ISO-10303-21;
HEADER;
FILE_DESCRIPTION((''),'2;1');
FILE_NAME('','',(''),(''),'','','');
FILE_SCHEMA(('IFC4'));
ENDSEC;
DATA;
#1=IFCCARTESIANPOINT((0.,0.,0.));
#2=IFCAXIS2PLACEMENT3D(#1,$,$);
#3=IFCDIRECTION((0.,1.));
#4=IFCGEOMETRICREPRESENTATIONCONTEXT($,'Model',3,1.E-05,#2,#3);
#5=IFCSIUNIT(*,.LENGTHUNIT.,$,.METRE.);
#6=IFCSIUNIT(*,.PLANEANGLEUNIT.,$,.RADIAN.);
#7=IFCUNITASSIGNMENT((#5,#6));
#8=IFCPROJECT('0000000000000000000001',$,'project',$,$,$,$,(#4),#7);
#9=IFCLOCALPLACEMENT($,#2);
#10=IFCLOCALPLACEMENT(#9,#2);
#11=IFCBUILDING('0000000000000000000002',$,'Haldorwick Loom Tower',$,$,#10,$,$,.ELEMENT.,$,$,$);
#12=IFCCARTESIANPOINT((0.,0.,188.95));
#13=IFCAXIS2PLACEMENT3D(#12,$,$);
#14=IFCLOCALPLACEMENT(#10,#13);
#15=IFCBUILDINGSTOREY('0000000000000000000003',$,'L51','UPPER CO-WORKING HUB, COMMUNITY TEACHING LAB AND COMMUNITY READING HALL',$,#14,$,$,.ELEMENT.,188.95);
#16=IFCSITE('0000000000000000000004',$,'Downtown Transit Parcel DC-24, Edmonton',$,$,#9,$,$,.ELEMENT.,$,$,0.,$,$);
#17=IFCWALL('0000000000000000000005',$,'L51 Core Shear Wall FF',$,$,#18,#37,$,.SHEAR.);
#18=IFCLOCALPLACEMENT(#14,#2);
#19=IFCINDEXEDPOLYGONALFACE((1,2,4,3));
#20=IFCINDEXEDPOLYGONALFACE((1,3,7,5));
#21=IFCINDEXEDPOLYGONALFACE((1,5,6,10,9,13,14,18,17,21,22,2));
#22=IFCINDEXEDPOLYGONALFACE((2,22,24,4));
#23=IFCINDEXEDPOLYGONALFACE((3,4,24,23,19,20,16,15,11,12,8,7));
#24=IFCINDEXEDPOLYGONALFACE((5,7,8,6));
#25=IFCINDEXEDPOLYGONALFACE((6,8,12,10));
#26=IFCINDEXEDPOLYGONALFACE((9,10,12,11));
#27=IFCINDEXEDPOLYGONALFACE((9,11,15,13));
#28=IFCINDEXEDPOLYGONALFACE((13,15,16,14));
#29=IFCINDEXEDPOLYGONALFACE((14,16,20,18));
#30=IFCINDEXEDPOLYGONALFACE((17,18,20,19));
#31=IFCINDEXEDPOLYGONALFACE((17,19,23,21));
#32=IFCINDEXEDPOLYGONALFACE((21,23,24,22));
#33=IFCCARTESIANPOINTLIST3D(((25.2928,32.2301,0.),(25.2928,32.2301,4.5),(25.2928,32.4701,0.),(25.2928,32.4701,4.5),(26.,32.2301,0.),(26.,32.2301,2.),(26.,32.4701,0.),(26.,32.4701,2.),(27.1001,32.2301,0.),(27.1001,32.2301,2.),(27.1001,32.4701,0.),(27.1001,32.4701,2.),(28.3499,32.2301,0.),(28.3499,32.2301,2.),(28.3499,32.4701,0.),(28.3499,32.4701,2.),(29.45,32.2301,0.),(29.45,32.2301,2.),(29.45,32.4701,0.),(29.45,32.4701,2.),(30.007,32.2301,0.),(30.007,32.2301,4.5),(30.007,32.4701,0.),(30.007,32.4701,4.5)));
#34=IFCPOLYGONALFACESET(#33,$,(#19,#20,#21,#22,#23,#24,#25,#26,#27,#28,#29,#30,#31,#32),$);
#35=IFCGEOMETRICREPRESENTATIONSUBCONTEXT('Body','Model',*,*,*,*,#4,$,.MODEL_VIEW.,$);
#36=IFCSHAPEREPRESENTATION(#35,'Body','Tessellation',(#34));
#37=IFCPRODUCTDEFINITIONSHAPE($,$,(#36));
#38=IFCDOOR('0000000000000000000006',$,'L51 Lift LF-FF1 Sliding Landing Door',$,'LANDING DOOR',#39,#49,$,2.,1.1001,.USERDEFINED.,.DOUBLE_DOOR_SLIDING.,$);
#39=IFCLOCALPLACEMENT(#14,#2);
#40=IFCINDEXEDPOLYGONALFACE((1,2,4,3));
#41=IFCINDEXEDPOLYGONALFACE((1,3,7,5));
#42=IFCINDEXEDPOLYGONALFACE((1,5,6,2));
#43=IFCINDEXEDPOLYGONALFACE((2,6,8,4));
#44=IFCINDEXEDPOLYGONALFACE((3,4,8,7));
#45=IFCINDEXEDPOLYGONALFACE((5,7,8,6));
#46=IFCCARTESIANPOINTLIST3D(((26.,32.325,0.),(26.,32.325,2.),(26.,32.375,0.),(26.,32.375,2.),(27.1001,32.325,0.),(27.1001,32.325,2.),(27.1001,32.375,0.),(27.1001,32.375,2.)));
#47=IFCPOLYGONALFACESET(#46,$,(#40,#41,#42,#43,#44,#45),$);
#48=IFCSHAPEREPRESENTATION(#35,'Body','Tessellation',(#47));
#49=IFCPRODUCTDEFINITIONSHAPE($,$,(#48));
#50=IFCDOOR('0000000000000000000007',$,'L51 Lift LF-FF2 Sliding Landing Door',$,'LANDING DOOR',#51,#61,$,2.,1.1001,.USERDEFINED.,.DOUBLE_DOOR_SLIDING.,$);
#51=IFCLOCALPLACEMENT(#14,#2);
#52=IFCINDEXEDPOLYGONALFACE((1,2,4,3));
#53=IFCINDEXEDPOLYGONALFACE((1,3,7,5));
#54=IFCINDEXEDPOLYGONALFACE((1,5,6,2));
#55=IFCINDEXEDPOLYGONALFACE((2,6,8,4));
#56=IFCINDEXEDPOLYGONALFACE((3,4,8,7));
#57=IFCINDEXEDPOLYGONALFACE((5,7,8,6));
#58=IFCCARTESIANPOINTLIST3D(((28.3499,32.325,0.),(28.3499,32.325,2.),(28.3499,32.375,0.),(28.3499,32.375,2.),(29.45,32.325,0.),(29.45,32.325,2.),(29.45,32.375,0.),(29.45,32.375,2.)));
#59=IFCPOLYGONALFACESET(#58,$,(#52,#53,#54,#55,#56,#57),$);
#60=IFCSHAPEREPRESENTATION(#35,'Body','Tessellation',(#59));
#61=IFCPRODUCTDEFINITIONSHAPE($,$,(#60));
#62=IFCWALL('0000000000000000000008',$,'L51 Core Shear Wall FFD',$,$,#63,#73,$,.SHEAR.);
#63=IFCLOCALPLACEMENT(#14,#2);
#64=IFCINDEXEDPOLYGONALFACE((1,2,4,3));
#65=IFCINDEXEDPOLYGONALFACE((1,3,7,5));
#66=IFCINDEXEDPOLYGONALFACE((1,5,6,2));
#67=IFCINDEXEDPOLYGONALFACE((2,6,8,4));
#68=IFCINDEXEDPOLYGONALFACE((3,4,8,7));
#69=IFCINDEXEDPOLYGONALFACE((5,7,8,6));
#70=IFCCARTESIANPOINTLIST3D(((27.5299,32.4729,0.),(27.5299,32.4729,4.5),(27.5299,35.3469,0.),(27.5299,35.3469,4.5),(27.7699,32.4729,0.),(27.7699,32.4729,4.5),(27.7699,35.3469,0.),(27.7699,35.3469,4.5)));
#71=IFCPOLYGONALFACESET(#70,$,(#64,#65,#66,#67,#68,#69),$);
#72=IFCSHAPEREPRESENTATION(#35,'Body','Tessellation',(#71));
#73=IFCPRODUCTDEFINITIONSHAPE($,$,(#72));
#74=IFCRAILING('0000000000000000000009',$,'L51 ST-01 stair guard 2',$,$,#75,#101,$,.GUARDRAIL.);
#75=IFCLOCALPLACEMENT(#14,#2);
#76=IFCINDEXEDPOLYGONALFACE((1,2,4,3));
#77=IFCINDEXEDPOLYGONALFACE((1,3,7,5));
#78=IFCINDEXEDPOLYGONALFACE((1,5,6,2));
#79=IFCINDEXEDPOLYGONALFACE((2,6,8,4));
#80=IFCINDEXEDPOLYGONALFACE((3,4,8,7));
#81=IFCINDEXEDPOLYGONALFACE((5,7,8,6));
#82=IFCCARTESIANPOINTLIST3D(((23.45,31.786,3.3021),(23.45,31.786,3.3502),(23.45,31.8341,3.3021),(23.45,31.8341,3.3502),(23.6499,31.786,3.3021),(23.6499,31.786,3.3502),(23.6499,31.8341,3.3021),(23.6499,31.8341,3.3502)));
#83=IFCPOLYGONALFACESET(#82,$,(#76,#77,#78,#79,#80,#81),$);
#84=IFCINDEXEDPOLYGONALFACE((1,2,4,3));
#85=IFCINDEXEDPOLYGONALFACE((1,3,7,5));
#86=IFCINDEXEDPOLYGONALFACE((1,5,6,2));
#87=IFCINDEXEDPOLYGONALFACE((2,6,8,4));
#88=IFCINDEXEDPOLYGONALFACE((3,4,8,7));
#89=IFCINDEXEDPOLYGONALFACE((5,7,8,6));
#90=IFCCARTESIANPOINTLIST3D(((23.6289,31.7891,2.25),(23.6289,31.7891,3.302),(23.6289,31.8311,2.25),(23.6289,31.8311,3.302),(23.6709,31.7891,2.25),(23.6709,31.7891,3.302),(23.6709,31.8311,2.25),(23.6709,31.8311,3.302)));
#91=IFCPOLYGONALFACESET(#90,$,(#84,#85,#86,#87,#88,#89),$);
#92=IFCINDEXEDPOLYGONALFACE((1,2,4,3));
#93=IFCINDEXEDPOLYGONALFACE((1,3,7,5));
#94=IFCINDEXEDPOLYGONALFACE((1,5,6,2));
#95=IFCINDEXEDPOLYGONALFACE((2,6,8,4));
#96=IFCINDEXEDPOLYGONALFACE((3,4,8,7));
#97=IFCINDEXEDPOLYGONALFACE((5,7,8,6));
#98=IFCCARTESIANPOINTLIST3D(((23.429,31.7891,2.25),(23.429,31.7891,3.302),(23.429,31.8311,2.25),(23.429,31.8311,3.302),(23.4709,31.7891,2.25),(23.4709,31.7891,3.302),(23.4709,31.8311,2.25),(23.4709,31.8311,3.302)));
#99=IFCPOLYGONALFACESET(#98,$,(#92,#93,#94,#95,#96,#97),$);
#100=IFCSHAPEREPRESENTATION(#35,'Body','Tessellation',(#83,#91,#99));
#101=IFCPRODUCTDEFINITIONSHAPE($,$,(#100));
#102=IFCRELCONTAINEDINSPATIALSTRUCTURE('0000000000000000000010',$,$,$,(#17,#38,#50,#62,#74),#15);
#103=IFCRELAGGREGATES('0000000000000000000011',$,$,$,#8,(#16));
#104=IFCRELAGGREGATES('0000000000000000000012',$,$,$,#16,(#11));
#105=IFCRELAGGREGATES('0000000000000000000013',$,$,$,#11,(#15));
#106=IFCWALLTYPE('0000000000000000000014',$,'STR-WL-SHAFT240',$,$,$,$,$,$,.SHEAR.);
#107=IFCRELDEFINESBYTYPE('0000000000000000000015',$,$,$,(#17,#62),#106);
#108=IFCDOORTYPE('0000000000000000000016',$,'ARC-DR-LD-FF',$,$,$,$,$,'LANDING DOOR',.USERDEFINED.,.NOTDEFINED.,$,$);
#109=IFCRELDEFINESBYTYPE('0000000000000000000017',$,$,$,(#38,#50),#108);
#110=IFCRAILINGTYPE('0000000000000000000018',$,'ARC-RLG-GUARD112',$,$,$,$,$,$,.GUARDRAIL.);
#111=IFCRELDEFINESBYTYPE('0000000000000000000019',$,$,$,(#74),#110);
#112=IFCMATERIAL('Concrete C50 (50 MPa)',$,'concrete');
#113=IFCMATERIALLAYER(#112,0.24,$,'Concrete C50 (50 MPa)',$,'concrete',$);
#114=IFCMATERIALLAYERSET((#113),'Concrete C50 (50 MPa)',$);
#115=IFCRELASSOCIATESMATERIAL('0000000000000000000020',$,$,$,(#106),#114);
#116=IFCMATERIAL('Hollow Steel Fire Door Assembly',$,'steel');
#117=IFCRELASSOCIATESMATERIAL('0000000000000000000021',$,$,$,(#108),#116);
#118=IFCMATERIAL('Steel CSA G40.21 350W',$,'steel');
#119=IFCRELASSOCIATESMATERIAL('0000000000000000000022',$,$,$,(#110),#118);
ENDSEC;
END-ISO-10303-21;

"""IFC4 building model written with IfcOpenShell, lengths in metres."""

from ifc_helpers import new_model, si_unit, direction, frame, frame_2d, origin, origin_2d, place, context, subcontext, project, spatial, rectangle, extrude, material, layer, layer_set, type_object, element, fill, save


model = new_model("IFC4")

# Units and contexts
model_context = context("Model", 3, precision=1e-05, world=origin(), true_north=direction((0.0, 1.0)))
body_context = subcontext(model_context, "Body", "Model", "MODEL_VIEW")
ifc_project = project(units=[si_unit("LENGTHUNIT", "METRE"), si_unit("PLANEANGLEUNIT", "RADIAN")], contexts=[model_context])

# Site, building, storey
site_placement = place(None, origin())
site = spatial("IfcSite", under=ifc_project, at=site_placement, Name="Downtown Transit Parcel DC-24, Edmonton", CompositionType="ELEMENT", RefElevation=0.0)
building_placement = place(site_placement, origin())
building = spatial("IfcBuilding", under=site, at=building_placement, Name="Haldorwick Loom Tower", CompositionType="ELEMENT")
storey_placement = place(building_placement, frame((0.0, 0.0, 188.95)))
storey = spatial("IfcBuildingStorey", under=building, at=storey_placement, Name="L51", Description="UPPER CO-WORKING HUB, COMMUNITY TEACHING LAB AND COMMUNITY READING HALL", CompositionType="ELEMENT", Elevation=188.95)

# Shared definitions
ifc_material_1 = material(Name="Steel CSA G40.21 350W", Category="steel")

# Shared definitions
ifc_material_2 = material(Name="Concrete C50 (50 MPa)", Category="concrete")

# Shared definitions
ifc_layer_1 = layer(ifc_material_2, 0.24, Name="Concrete C50 (50 MPa)", Category="concrete")
ifc_layer_set_1 = layer_set([ifc_layer_1], Name="Concrete C50 (50 MPa)")
wall_type_1 = type_object("IfcWallType", Name="STR-WL-SHAFT240", PredefinedType="SHEAR", material=ifc_layer_set_1)

# Wall, openings, doors
wall_1_placement = place(storey_placement, frame((25.293, 32.3501, 0.0), z_axis=(0.0, 0.0, 1.0), x_axis=(1.0, 0.0, 0.0)))
wall_1 = element("IfcWall", 1, at=wall_1_placement, inside=storey, type_object=wall_type_1, Name="L51 Core Shear Wall FF", PredefinedType="SHEAR", context=body_context, shape_type="SweptSolid", body=[
    extrude(rectangle(XDim=4.7141, YDim=0.24, at=frame_2d((2.3569, 0.0))), origin(), (0.0, 0.0, 1.0), 4.5),
])
opening_1_placement = place(wall_1_placement, frame((0.707, 0.0, 0.0)))
opening_1 = element("IfcOpeningElement", 2, at=opening_1_placement, cuts=wall_1, PredefinedType="OPENING", context=body_context, shape_type="SweptSolid", body=[
    extrude(rectangle(XDim=1.1001, YDim=2.0, at=frame_2d((0.55, 1.0))), frame((0.0, 0.1299, 0.0), z_axis=(0.0, -1.0, 0.0), x_axis=(1.0, 0.0, 0.0)), (0.0, 0.0, 1.0), 0.26),
])
opening_2_placement = place(wall_1_placement, frame((3.0569, 0.0, 0.0)))
opening_2 = element("IfcOpeningElement", 3, at=opening_2_placement, cuts=wall_1, PredefinedType="OPENING", context=body_context, shape_type="SweptSolid", body=[
    extrude(rectangle(XDim=1.1001, YDim=2.0, at=frame_2d((0.55, 1.0))), frame((0.0, 0.1299, 0.0), z_axis=(0.0, -1.0, 0.0), x_axis=(1.0, 0.0, 0.0)), (0.0, 0.0, 1.0), 0.26),
])
ifc_material_3 = material(Name="Hollow Steel Fire Door Assembly", Category="steel")
door_type = type_object("IfcDoorType", Name="ARC-DR-LD-FF", ElementType="LANDING DOOR", OperationType="NOTDEFINED", PredefinedType="USERDEFINED", material=ifc_material_3)
door_1_placement = place(opening_1_placement, origin())
door_1 = element("IfcDoor", 4, at=door_1_placement, inside=storey, type_object=door_type, Name="L51 Lift LF-FF1 Sliding Landing Door", ObjectType="LANDING DOOR", OperationType="DOUBLE_DOOR_SLIDING", OverallHeight=2.0, OverallWidth=1.1001, PredefinedType="USERDEFINED", context=body_context, shape_type="SweptSolid", body=[
    extrude(rectangle(XDim=1.1001, YDim=2.0, at=frame_2d((0.55, 1.0))), frame((0.0, 0.0249, 0.0), z_axis=(0.0, -1.0, 0.0), x_axis=(1.0, 0.0, 0.0)), (0.0, 0.0, 1.0), 0.05),
])
fill(opening_1, door_1)
door_2_placement = place(opening_2_placement, origin())
door_2 = element("IfcDoor", 5, at=door_2_placement, inside=storey, type_object=door_type, Name="L51 Lift LF-FF2 Sliding Landing Door", ObjectType="LANDING DOOR", OperationType="DOUBLE_DOOR_SLIDING", OverallHeight=2.0, OverallWidth=1.1001, PredefinedType="USERDEFINED", context=body_context, shape_type="SweptSolid", body=[
    extrude(rectangle(XDim=1.1001, YDim=2.0, at=frame_2d((0.55, 1.0))), frame((0.0, 0.0249, 0.0), z_axis=(0.0, -1.0, 0.0), x_axis=(1.0, 0.0, 0.0)), (0.0, 0.0, 1.0), 0.05),
])
fill(opening_2, door_2)

# Wall
wall_2_placement = place(storey_placement, frame((27.6499, 32.4729, 0.0), z_axis=(0.0, 0.0, 1.0), x_axis=(0.0, 1.0, 0.0)))
element("IfcWall", 6, at=wall_2_placement, inside=storey, type_object=wall_type_1, Name="L51 Core Shear Wall FFD", PredefinedType="SHEAR", context=body_context, shape_type="SweptSolid", body=[
    extrude(rectangle(XDim=2.874, YDim=0.24, at=frame_2d((1.437, 0.0))), origin(), (0.0, 0.0, 1.0), 4.5),
])

# Railing
railing_type = type_object("IfcRailingType", Name="ARC-RLG-GUARD112", PredefinedType="GUARDRAIL", material=ifc_material_1)
railing_placement = place(storey_placement, frame((23.6499, 31.8101, 2.25)))
element("IfcRailing", 7, at=railing_placement, inside=storey, type_object=railing_type, Name="L51 ST-01 stair guard 2", PredefinedType="GUARDRAIL", context=body_context, shape_type="SweptSolid", body=[
    extrude(rectangle(XDim=0.0481, YDim=0.0481, at=origin_2d()), frame((0.0, 0.0, 1.0762), z_axis=(-1.0, 0.0, 0.0), x_axis=(0.0, -1.0, 0.0)), (0.0, 0.0, 1.0), 0.2),
    extrude(rectangle(XDim=0.042, YDim=0.042, at=origin_2d()), origin(), (0.0, 0.0, 1.0), 1.052),
    extrude(rectangle(XDim=0.042, YDim=0.042, at=origin_2d()), frame((-0.2, 0.0, 0.0)), (0.0, 0.0, 1.0), 1.052),
])

save(model, "model.ifc")
